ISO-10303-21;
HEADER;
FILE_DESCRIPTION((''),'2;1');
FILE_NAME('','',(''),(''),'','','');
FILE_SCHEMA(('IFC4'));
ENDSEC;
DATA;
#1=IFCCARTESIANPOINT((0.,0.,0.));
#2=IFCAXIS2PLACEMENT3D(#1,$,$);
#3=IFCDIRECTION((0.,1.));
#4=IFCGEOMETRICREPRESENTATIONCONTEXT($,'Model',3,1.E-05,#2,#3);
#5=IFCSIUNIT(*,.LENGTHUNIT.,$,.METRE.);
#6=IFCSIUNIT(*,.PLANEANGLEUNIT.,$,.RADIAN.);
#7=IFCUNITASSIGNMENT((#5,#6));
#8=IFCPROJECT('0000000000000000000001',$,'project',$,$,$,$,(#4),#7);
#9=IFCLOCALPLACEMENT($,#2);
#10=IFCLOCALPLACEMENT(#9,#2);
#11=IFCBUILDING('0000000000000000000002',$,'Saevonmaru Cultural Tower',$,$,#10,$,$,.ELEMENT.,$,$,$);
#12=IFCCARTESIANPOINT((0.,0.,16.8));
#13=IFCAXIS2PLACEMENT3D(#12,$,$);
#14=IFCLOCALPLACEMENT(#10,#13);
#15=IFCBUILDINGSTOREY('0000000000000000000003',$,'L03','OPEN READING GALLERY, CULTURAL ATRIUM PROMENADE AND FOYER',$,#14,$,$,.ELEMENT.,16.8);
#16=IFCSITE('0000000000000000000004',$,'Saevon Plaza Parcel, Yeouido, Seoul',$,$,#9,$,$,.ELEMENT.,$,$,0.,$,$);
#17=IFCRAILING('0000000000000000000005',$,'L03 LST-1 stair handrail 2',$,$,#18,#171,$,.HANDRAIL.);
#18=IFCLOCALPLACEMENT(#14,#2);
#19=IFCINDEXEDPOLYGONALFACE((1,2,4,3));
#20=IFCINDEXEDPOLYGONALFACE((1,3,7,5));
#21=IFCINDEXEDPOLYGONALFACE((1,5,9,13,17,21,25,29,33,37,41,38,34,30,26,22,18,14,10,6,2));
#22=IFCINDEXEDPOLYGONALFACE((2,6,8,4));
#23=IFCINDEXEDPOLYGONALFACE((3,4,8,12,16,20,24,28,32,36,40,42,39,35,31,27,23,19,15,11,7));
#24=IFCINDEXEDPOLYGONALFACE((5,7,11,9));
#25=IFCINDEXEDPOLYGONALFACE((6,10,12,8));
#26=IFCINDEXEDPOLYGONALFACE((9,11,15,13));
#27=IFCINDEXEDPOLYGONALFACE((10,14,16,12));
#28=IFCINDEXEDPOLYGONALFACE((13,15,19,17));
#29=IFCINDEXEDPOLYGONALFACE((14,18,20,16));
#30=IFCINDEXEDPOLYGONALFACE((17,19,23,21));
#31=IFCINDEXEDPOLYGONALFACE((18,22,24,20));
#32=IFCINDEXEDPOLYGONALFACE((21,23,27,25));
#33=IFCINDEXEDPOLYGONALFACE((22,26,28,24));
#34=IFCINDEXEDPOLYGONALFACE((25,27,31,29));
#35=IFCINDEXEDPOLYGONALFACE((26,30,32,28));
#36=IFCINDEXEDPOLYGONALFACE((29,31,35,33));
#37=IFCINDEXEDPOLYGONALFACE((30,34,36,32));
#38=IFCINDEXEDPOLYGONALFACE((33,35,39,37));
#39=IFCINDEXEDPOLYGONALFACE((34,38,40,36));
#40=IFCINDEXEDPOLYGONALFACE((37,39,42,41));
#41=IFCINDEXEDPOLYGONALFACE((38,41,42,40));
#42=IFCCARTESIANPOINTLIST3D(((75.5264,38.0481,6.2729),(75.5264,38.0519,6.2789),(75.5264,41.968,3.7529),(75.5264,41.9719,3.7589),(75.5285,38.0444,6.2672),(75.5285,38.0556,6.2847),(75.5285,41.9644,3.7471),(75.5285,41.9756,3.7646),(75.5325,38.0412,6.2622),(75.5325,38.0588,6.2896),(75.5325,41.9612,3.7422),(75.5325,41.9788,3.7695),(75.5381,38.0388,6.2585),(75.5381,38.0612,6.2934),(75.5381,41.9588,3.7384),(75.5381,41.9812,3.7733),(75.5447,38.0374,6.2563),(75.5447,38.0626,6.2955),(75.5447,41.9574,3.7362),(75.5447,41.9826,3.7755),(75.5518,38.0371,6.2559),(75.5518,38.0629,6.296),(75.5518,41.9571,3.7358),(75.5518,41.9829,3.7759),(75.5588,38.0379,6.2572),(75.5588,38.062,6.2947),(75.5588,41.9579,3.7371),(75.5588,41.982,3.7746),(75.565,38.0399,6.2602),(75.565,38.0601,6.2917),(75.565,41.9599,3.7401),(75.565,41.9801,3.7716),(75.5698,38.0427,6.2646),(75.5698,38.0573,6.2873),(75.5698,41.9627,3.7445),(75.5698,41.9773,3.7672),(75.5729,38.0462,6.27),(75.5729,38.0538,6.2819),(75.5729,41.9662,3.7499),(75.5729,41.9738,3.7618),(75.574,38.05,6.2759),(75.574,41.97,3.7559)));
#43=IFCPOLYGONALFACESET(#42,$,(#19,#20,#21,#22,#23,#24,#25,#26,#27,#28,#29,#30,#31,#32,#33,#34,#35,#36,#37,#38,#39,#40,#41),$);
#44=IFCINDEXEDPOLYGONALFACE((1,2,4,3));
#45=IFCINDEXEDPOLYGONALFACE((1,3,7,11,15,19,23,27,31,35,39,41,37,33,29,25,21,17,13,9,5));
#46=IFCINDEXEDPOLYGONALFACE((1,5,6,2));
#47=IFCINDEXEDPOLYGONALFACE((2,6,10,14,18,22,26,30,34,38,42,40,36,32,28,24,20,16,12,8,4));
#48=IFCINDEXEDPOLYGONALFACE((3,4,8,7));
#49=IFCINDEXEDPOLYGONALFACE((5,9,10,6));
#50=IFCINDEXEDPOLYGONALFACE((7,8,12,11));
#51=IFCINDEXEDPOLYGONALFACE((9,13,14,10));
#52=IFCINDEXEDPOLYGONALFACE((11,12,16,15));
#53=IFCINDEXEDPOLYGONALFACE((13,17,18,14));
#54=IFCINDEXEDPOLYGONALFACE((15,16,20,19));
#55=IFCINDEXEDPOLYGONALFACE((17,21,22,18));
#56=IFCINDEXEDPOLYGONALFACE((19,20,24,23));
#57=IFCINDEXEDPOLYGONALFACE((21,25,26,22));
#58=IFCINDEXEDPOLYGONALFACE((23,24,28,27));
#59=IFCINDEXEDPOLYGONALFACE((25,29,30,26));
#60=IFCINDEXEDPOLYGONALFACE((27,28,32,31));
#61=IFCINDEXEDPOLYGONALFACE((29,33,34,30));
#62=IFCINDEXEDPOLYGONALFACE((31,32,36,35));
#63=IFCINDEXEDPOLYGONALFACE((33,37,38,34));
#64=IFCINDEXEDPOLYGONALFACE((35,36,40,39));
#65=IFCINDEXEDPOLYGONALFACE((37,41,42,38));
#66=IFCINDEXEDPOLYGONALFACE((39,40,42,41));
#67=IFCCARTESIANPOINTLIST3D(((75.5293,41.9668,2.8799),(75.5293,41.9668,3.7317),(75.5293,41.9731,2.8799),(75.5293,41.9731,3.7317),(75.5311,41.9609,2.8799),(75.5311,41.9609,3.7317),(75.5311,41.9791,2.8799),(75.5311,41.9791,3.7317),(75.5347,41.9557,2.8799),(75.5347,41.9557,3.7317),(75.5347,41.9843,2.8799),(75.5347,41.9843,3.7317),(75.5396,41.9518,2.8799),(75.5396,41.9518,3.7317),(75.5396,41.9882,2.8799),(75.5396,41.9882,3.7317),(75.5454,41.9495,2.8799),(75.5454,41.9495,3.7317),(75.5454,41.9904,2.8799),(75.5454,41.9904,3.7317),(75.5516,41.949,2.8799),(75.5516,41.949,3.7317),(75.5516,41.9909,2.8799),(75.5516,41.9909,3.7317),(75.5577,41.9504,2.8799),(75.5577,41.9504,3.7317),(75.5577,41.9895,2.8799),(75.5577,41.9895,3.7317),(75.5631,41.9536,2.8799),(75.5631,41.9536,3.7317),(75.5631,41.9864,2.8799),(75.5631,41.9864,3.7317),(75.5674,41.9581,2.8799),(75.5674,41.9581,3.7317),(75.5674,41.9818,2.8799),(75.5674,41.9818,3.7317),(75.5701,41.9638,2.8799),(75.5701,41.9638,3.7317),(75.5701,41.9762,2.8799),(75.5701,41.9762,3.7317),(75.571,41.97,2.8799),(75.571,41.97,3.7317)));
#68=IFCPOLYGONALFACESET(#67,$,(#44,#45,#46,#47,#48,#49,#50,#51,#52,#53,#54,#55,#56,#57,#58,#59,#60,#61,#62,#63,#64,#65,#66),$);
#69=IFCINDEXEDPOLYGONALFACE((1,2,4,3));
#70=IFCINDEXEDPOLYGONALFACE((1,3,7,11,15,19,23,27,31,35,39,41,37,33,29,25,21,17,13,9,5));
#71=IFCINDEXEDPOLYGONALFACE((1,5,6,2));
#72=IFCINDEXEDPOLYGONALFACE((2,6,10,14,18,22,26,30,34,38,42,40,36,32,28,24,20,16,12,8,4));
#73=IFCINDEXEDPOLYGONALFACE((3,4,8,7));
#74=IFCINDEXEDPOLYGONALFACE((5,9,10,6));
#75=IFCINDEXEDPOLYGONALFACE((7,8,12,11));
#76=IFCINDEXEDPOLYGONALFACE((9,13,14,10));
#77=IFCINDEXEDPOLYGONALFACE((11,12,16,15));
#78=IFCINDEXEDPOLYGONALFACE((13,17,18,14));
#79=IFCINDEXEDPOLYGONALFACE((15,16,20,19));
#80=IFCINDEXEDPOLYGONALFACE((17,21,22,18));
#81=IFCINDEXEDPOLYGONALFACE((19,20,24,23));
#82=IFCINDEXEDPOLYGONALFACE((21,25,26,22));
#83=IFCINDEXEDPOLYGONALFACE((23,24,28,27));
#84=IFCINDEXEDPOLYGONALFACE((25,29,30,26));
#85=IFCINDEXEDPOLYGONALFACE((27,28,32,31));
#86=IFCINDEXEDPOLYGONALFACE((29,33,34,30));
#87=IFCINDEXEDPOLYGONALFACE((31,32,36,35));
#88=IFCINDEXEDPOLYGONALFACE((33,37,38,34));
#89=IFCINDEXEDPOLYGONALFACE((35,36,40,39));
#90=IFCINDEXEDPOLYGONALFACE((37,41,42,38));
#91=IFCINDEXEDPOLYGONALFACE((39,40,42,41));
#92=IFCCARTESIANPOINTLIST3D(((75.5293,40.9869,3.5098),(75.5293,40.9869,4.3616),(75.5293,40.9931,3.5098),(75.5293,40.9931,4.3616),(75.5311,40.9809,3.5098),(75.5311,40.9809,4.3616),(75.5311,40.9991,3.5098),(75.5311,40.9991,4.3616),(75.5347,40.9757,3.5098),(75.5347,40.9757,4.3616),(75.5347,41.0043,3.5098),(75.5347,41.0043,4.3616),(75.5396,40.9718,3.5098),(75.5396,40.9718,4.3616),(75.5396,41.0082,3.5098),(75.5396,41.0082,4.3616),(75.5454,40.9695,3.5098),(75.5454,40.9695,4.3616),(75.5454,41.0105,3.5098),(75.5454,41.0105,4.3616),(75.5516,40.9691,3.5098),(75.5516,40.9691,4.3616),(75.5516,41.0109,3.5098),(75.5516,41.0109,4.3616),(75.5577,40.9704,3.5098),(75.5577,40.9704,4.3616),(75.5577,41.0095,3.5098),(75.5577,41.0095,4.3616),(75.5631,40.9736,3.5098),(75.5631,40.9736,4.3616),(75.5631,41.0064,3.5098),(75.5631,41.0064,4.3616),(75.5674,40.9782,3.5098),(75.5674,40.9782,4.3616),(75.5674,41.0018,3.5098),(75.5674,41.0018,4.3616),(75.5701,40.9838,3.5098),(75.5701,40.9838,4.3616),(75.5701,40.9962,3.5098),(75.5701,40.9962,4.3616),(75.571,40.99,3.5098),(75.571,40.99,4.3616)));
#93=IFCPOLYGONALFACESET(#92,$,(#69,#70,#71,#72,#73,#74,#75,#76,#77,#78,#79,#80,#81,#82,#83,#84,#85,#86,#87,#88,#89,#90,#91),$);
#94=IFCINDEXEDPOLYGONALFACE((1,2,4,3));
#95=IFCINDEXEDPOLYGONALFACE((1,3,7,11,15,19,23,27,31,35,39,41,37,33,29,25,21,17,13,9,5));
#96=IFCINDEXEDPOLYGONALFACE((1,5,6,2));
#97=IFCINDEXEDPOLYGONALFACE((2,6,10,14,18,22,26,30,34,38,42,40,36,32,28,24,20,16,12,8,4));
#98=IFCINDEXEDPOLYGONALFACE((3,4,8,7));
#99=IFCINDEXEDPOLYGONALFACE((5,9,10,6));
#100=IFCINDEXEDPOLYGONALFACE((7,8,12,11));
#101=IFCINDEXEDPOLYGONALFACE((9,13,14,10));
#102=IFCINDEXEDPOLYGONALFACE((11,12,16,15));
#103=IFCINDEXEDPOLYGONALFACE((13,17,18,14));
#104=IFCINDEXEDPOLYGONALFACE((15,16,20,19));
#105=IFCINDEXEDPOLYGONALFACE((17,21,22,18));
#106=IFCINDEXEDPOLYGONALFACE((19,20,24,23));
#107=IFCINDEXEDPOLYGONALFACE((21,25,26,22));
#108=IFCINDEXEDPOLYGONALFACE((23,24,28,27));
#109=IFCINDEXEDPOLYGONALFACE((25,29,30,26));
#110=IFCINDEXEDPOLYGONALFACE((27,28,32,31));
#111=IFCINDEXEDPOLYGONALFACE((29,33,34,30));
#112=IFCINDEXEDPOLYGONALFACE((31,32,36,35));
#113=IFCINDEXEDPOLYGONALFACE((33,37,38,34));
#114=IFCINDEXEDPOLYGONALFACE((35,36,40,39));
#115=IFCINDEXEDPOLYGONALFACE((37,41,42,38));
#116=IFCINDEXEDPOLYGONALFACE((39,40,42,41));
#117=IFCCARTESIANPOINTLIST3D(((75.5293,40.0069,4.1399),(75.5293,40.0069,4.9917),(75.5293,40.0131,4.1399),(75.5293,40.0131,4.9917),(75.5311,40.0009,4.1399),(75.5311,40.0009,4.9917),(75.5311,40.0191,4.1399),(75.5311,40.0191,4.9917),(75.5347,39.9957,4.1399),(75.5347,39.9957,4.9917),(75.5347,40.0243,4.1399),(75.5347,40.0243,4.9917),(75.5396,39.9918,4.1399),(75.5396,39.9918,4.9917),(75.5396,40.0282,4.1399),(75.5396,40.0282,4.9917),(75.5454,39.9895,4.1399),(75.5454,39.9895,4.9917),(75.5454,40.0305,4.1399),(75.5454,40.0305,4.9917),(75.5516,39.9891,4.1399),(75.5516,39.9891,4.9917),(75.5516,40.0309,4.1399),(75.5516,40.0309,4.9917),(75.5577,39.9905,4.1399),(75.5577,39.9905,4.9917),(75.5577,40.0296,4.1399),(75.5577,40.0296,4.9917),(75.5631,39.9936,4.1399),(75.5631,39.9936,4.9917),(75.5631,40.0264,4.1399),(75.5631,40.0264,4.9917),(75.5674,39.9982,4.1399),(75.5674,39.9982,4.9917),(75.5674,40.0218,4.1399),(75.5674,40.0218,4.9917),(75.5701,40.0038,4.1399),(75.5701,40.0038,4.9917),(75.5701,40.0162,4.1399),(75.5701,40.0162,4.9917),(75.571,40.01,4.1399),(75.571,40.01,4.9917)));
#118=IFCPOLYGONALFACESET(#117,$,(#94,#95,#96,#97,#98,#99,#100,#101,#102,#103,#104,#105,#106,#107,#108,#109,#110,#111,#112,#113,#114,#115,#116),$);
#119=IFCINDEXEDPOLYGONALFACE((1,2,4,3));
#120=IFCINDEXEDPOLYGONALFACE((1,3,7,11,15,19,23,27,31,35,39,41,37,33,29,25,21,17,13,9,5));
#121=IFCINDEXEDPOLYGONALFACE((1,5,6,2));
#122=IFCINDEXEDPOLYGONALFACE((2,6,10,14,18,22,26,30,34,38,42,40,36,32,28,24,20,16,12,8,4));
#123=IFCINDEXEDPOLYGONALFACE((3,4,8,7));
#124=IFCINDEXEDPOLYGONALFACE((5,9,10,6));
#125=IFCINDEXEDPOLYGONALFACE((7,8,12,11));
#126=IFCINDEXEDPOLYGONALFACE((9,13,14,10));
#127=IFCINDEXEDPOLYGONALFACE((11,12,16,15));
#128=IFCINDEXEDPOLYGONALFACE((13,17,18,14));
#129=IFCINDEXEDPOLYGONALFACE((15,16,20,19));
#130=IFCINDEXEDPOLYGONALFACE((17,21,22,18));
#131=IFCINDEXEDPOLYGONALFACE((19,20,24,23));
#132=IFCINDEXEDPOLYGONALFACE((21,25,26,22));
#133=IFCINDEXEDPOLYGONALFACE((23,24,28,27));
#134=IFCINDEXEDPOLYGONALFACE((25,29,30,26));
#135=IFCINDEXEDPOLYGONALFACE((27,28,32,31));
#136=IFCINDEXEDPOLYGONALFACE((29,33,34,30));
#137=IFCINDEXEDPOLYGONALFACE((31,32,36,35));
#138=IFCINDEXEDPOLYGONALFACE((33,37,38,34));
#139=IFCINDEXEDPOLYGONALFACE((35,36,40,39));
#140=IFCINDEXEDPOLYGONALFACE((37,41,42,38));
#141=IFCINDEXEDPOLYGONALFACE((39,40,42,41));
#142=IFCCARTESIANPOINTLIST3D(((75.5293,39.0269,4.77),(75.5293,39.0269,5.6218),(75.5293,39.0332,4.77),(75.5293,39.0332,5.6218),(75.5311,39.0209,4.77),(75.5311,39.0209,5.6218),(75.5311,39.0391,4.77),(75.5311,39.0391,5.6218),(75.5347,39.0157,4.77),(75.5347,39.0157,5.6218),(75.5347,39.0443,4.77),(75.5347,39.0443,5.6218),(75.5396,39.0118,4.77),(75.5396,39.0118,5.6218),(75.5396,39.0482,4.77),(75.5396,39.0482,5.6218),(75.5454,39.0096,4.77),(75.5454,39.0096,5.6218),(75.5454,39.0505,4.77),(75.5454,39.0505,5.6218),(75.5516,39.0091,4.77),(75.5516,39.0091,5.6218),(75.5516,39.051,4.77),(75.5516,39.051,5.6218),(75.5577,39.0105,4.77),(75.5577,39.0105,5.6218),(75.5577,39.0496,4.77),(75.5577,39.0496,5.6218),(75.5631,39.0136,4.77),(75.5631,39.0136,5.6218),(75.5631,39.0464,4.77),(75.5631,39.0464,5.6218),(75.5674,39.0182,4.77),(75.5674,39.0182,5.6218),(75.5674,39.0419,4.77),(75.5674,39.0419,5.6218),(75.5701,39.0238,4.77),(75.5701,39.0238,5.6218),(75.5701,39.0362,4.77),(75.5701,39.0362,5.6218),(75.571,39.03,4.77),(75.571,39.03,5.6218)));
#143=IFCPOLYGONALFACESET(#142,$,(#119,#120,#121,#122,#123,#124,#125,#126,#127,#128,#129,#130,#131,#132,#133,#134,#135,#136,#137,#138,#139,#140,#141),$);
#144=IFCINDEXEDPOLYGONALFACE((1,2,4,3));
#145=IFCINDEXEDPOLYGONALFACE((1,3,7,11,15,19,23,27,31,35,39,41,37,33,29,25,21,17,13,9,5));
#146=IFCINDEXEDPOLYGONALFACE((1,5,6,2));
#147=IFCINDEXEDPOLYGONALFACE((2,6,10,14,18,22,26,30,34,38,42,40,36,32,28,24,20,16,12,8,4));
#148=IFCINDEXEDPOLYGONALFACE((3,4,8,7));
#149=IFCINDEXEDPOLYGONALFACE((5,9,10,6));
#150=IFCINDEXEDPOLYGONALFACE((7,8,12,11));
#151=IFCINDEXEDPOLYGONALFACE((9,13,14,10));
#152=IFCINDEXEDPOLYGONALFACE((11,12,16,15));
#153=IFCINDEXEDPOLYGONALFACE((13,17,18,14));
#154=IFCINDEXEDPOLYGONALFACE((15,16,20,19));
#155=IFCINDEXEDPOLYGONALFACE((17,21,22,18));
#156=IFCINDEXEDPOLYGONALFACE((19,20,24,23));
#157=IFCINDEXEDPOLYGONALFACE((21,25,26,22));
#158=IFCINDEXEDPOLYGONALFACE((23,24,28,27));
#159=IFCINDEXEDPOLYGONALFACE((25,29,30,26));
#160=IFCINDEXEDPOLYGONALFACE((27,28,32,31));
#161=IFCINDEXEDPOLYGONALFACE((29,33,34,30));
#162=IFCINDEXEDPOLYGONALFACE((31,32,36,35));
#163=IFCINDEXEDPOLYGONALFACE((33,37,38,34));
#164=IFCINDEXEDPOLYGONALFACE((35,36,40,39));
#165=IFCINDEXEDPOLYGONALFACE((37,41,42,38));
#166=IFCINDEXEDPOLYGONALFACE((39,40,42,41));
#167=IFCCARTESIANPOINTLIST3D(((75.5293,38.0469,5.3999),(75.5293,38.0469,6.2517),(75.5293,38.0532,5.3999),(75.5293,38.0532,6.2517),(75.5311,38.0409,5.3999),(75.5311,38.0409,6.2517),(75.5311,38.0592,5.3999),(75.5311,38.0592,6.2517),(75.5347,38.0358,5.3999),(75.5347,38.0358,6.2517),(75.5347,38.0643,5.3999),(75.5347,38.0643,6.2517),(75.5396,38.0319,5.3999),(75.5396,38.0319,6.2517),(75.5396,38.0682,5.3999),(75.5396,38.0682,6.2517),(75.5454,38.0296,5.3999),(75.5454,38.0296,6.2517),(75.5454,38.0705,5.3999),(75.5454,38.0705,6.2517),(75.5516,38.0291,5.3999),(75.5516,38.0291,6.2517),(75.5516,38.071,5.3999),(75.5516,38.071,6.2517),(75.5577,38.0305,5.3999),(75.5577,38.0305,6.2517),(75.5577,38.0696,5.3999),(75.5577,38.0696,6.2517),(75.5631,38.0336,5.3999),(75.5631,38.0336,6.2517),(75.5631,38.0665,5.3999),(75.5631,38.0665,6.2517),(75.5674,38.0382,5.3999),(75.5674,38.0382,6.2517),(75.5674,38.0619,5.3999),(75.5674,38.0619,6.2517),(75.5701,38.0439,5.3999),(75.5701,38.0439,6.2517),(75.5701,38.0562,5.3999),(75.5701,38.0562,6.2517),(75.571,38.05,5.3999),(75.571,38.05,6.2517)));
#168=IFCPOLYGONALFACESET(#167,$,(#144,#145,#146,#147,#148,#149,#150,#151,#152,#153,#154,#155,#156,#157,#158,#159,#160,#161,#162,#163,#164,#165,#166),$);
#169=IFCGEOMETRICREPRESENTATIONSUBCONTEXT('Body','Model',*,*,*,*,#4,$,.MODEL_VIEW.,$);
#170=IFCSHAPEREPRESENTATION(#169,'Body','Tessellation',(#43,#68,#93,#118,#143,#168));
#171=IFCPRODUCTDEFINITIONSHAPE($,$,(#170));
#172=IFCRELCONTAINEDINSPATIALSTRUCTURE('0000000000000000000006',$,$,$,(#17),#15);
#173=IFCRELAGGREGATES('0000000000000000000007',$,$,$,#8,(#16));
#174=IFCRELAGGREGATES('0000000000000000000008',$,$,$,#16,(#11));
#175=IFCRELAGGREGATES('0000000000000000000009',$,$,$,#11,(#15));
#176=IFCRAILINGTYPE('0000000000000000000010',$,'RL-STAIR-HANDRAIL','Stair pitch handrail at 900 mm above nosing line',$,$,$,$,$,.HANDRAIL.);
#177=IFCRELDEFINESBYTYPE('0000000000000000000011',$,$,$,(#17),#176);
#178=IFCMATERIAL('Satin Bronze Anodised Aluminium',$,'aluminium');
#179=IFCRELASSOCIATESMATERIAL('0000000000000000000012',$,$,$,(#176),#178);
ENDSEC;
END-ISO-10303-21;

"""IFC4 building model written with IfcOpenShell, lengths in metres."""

from ifc_helpers import new_model, si_unit, direction, frame, origin, origin_2d, place, context, subcontext, project, spatial, circle, extrude, material, type_object, element, save


model = new_model("IFC4")

# Units and contexts
model_context = context("Model", 3, precision=1e-05, world=origin(), true_north=direction((0.0, 1.0)))
body_context = subcontext(model_context, "Body", "Model", "MODEL_VIEW")
ifc_project = project(units=[si_unit("LENGTHUNIT", "METRE"), si_unit("PLANEANGLEUNIT", "RADIAN")], contexts=[model_context])

# Site, building, storey
site_placement = place(None, origin())
site = spatial("IfcSite", under=ifc_project, at=site_placement, Name="Saevon Plaza Parcel, Yeouido, Seoul", CompositionType="ELEMENT", RefElevation=0.0)
building_placement = place(site_placement, origin())
building = spatial("IfcBuilding", under=site, at=building_placement, Name="Saevonmaru Cultural Tower", CompositionType="ELEMENT")
storey_placement = place(building_placement, frame((0.0, 0.0, 16.8)))
storey = spatial("IfcBuildingStorey", under=building, at=storey_placement, Name="L03", Description="OPEN READING GALLERY, CULTURAL ATRIUM PROMENADE AND FOYER", CompositionType="ELEMENT", Elevation=16.8)

# Shared definitions
ifc_material_1 = material(Name="Satin Bronze Anodised Aluminium", Category="aluminium")

# Railing
railing_type_1 = type_object("IfcRailingType", Name="RL-STAIR-HANDRAIL", Description="Stair pitch handrail at 900 mm above nosing line", PredefinedType="HANDRAIL", material=ifc_material_1)
railing_1_placement = place(storey_placement, frame((75.55, 41.97, 2.8799)))
element("IfcRailing", 1, at=railing_1_placement, inside=storey, type_object=railing_type_1, Name="L03 LST-1 stair handrail 2", PredefinedType="HANDRAIL", context=body_context, shape_type="SweptSolid", body=[
    extrude(circle(Radius=0.0239, at=origin_2d()), frame((0.0, 0.0, 0.876), z_axis=(0.0, -0.841172, 0.540768), x_axis=(1.0, 0.0, 0.0)), (0.0, 0.0, 1.0), 4.6602),
    extrude(circle(Radius=0.021, at=origin_2d()), origin(), (0.0, 0.0, 1.0), 0.8518),
    extrude(circle(Radius=0.021, at=origin_2d()), frame((0.0, -0.98, 0.6299)), (0.0, 0.0, 1.0), 0.8518),
    extrude(circle(Radius=0.021, at=origin_2d()), frame((0.0, -1.96, 1.26)), (0.0, 0.0, 1.0), 0.8518),
    extrude(circle(Radius=0.021, at=origin_2d()), frame((0.0, -2.9399, 1.8901)), (0.0, 0.0, 1.0), 0.8518),
    extrude(circle(Radius=0.021, at=origin_2d()), frame((0.0, -3.9199, 2.52)), (0.0, 0.0, 1.0), 0.8518),
])

save(model, "model.ifc")
